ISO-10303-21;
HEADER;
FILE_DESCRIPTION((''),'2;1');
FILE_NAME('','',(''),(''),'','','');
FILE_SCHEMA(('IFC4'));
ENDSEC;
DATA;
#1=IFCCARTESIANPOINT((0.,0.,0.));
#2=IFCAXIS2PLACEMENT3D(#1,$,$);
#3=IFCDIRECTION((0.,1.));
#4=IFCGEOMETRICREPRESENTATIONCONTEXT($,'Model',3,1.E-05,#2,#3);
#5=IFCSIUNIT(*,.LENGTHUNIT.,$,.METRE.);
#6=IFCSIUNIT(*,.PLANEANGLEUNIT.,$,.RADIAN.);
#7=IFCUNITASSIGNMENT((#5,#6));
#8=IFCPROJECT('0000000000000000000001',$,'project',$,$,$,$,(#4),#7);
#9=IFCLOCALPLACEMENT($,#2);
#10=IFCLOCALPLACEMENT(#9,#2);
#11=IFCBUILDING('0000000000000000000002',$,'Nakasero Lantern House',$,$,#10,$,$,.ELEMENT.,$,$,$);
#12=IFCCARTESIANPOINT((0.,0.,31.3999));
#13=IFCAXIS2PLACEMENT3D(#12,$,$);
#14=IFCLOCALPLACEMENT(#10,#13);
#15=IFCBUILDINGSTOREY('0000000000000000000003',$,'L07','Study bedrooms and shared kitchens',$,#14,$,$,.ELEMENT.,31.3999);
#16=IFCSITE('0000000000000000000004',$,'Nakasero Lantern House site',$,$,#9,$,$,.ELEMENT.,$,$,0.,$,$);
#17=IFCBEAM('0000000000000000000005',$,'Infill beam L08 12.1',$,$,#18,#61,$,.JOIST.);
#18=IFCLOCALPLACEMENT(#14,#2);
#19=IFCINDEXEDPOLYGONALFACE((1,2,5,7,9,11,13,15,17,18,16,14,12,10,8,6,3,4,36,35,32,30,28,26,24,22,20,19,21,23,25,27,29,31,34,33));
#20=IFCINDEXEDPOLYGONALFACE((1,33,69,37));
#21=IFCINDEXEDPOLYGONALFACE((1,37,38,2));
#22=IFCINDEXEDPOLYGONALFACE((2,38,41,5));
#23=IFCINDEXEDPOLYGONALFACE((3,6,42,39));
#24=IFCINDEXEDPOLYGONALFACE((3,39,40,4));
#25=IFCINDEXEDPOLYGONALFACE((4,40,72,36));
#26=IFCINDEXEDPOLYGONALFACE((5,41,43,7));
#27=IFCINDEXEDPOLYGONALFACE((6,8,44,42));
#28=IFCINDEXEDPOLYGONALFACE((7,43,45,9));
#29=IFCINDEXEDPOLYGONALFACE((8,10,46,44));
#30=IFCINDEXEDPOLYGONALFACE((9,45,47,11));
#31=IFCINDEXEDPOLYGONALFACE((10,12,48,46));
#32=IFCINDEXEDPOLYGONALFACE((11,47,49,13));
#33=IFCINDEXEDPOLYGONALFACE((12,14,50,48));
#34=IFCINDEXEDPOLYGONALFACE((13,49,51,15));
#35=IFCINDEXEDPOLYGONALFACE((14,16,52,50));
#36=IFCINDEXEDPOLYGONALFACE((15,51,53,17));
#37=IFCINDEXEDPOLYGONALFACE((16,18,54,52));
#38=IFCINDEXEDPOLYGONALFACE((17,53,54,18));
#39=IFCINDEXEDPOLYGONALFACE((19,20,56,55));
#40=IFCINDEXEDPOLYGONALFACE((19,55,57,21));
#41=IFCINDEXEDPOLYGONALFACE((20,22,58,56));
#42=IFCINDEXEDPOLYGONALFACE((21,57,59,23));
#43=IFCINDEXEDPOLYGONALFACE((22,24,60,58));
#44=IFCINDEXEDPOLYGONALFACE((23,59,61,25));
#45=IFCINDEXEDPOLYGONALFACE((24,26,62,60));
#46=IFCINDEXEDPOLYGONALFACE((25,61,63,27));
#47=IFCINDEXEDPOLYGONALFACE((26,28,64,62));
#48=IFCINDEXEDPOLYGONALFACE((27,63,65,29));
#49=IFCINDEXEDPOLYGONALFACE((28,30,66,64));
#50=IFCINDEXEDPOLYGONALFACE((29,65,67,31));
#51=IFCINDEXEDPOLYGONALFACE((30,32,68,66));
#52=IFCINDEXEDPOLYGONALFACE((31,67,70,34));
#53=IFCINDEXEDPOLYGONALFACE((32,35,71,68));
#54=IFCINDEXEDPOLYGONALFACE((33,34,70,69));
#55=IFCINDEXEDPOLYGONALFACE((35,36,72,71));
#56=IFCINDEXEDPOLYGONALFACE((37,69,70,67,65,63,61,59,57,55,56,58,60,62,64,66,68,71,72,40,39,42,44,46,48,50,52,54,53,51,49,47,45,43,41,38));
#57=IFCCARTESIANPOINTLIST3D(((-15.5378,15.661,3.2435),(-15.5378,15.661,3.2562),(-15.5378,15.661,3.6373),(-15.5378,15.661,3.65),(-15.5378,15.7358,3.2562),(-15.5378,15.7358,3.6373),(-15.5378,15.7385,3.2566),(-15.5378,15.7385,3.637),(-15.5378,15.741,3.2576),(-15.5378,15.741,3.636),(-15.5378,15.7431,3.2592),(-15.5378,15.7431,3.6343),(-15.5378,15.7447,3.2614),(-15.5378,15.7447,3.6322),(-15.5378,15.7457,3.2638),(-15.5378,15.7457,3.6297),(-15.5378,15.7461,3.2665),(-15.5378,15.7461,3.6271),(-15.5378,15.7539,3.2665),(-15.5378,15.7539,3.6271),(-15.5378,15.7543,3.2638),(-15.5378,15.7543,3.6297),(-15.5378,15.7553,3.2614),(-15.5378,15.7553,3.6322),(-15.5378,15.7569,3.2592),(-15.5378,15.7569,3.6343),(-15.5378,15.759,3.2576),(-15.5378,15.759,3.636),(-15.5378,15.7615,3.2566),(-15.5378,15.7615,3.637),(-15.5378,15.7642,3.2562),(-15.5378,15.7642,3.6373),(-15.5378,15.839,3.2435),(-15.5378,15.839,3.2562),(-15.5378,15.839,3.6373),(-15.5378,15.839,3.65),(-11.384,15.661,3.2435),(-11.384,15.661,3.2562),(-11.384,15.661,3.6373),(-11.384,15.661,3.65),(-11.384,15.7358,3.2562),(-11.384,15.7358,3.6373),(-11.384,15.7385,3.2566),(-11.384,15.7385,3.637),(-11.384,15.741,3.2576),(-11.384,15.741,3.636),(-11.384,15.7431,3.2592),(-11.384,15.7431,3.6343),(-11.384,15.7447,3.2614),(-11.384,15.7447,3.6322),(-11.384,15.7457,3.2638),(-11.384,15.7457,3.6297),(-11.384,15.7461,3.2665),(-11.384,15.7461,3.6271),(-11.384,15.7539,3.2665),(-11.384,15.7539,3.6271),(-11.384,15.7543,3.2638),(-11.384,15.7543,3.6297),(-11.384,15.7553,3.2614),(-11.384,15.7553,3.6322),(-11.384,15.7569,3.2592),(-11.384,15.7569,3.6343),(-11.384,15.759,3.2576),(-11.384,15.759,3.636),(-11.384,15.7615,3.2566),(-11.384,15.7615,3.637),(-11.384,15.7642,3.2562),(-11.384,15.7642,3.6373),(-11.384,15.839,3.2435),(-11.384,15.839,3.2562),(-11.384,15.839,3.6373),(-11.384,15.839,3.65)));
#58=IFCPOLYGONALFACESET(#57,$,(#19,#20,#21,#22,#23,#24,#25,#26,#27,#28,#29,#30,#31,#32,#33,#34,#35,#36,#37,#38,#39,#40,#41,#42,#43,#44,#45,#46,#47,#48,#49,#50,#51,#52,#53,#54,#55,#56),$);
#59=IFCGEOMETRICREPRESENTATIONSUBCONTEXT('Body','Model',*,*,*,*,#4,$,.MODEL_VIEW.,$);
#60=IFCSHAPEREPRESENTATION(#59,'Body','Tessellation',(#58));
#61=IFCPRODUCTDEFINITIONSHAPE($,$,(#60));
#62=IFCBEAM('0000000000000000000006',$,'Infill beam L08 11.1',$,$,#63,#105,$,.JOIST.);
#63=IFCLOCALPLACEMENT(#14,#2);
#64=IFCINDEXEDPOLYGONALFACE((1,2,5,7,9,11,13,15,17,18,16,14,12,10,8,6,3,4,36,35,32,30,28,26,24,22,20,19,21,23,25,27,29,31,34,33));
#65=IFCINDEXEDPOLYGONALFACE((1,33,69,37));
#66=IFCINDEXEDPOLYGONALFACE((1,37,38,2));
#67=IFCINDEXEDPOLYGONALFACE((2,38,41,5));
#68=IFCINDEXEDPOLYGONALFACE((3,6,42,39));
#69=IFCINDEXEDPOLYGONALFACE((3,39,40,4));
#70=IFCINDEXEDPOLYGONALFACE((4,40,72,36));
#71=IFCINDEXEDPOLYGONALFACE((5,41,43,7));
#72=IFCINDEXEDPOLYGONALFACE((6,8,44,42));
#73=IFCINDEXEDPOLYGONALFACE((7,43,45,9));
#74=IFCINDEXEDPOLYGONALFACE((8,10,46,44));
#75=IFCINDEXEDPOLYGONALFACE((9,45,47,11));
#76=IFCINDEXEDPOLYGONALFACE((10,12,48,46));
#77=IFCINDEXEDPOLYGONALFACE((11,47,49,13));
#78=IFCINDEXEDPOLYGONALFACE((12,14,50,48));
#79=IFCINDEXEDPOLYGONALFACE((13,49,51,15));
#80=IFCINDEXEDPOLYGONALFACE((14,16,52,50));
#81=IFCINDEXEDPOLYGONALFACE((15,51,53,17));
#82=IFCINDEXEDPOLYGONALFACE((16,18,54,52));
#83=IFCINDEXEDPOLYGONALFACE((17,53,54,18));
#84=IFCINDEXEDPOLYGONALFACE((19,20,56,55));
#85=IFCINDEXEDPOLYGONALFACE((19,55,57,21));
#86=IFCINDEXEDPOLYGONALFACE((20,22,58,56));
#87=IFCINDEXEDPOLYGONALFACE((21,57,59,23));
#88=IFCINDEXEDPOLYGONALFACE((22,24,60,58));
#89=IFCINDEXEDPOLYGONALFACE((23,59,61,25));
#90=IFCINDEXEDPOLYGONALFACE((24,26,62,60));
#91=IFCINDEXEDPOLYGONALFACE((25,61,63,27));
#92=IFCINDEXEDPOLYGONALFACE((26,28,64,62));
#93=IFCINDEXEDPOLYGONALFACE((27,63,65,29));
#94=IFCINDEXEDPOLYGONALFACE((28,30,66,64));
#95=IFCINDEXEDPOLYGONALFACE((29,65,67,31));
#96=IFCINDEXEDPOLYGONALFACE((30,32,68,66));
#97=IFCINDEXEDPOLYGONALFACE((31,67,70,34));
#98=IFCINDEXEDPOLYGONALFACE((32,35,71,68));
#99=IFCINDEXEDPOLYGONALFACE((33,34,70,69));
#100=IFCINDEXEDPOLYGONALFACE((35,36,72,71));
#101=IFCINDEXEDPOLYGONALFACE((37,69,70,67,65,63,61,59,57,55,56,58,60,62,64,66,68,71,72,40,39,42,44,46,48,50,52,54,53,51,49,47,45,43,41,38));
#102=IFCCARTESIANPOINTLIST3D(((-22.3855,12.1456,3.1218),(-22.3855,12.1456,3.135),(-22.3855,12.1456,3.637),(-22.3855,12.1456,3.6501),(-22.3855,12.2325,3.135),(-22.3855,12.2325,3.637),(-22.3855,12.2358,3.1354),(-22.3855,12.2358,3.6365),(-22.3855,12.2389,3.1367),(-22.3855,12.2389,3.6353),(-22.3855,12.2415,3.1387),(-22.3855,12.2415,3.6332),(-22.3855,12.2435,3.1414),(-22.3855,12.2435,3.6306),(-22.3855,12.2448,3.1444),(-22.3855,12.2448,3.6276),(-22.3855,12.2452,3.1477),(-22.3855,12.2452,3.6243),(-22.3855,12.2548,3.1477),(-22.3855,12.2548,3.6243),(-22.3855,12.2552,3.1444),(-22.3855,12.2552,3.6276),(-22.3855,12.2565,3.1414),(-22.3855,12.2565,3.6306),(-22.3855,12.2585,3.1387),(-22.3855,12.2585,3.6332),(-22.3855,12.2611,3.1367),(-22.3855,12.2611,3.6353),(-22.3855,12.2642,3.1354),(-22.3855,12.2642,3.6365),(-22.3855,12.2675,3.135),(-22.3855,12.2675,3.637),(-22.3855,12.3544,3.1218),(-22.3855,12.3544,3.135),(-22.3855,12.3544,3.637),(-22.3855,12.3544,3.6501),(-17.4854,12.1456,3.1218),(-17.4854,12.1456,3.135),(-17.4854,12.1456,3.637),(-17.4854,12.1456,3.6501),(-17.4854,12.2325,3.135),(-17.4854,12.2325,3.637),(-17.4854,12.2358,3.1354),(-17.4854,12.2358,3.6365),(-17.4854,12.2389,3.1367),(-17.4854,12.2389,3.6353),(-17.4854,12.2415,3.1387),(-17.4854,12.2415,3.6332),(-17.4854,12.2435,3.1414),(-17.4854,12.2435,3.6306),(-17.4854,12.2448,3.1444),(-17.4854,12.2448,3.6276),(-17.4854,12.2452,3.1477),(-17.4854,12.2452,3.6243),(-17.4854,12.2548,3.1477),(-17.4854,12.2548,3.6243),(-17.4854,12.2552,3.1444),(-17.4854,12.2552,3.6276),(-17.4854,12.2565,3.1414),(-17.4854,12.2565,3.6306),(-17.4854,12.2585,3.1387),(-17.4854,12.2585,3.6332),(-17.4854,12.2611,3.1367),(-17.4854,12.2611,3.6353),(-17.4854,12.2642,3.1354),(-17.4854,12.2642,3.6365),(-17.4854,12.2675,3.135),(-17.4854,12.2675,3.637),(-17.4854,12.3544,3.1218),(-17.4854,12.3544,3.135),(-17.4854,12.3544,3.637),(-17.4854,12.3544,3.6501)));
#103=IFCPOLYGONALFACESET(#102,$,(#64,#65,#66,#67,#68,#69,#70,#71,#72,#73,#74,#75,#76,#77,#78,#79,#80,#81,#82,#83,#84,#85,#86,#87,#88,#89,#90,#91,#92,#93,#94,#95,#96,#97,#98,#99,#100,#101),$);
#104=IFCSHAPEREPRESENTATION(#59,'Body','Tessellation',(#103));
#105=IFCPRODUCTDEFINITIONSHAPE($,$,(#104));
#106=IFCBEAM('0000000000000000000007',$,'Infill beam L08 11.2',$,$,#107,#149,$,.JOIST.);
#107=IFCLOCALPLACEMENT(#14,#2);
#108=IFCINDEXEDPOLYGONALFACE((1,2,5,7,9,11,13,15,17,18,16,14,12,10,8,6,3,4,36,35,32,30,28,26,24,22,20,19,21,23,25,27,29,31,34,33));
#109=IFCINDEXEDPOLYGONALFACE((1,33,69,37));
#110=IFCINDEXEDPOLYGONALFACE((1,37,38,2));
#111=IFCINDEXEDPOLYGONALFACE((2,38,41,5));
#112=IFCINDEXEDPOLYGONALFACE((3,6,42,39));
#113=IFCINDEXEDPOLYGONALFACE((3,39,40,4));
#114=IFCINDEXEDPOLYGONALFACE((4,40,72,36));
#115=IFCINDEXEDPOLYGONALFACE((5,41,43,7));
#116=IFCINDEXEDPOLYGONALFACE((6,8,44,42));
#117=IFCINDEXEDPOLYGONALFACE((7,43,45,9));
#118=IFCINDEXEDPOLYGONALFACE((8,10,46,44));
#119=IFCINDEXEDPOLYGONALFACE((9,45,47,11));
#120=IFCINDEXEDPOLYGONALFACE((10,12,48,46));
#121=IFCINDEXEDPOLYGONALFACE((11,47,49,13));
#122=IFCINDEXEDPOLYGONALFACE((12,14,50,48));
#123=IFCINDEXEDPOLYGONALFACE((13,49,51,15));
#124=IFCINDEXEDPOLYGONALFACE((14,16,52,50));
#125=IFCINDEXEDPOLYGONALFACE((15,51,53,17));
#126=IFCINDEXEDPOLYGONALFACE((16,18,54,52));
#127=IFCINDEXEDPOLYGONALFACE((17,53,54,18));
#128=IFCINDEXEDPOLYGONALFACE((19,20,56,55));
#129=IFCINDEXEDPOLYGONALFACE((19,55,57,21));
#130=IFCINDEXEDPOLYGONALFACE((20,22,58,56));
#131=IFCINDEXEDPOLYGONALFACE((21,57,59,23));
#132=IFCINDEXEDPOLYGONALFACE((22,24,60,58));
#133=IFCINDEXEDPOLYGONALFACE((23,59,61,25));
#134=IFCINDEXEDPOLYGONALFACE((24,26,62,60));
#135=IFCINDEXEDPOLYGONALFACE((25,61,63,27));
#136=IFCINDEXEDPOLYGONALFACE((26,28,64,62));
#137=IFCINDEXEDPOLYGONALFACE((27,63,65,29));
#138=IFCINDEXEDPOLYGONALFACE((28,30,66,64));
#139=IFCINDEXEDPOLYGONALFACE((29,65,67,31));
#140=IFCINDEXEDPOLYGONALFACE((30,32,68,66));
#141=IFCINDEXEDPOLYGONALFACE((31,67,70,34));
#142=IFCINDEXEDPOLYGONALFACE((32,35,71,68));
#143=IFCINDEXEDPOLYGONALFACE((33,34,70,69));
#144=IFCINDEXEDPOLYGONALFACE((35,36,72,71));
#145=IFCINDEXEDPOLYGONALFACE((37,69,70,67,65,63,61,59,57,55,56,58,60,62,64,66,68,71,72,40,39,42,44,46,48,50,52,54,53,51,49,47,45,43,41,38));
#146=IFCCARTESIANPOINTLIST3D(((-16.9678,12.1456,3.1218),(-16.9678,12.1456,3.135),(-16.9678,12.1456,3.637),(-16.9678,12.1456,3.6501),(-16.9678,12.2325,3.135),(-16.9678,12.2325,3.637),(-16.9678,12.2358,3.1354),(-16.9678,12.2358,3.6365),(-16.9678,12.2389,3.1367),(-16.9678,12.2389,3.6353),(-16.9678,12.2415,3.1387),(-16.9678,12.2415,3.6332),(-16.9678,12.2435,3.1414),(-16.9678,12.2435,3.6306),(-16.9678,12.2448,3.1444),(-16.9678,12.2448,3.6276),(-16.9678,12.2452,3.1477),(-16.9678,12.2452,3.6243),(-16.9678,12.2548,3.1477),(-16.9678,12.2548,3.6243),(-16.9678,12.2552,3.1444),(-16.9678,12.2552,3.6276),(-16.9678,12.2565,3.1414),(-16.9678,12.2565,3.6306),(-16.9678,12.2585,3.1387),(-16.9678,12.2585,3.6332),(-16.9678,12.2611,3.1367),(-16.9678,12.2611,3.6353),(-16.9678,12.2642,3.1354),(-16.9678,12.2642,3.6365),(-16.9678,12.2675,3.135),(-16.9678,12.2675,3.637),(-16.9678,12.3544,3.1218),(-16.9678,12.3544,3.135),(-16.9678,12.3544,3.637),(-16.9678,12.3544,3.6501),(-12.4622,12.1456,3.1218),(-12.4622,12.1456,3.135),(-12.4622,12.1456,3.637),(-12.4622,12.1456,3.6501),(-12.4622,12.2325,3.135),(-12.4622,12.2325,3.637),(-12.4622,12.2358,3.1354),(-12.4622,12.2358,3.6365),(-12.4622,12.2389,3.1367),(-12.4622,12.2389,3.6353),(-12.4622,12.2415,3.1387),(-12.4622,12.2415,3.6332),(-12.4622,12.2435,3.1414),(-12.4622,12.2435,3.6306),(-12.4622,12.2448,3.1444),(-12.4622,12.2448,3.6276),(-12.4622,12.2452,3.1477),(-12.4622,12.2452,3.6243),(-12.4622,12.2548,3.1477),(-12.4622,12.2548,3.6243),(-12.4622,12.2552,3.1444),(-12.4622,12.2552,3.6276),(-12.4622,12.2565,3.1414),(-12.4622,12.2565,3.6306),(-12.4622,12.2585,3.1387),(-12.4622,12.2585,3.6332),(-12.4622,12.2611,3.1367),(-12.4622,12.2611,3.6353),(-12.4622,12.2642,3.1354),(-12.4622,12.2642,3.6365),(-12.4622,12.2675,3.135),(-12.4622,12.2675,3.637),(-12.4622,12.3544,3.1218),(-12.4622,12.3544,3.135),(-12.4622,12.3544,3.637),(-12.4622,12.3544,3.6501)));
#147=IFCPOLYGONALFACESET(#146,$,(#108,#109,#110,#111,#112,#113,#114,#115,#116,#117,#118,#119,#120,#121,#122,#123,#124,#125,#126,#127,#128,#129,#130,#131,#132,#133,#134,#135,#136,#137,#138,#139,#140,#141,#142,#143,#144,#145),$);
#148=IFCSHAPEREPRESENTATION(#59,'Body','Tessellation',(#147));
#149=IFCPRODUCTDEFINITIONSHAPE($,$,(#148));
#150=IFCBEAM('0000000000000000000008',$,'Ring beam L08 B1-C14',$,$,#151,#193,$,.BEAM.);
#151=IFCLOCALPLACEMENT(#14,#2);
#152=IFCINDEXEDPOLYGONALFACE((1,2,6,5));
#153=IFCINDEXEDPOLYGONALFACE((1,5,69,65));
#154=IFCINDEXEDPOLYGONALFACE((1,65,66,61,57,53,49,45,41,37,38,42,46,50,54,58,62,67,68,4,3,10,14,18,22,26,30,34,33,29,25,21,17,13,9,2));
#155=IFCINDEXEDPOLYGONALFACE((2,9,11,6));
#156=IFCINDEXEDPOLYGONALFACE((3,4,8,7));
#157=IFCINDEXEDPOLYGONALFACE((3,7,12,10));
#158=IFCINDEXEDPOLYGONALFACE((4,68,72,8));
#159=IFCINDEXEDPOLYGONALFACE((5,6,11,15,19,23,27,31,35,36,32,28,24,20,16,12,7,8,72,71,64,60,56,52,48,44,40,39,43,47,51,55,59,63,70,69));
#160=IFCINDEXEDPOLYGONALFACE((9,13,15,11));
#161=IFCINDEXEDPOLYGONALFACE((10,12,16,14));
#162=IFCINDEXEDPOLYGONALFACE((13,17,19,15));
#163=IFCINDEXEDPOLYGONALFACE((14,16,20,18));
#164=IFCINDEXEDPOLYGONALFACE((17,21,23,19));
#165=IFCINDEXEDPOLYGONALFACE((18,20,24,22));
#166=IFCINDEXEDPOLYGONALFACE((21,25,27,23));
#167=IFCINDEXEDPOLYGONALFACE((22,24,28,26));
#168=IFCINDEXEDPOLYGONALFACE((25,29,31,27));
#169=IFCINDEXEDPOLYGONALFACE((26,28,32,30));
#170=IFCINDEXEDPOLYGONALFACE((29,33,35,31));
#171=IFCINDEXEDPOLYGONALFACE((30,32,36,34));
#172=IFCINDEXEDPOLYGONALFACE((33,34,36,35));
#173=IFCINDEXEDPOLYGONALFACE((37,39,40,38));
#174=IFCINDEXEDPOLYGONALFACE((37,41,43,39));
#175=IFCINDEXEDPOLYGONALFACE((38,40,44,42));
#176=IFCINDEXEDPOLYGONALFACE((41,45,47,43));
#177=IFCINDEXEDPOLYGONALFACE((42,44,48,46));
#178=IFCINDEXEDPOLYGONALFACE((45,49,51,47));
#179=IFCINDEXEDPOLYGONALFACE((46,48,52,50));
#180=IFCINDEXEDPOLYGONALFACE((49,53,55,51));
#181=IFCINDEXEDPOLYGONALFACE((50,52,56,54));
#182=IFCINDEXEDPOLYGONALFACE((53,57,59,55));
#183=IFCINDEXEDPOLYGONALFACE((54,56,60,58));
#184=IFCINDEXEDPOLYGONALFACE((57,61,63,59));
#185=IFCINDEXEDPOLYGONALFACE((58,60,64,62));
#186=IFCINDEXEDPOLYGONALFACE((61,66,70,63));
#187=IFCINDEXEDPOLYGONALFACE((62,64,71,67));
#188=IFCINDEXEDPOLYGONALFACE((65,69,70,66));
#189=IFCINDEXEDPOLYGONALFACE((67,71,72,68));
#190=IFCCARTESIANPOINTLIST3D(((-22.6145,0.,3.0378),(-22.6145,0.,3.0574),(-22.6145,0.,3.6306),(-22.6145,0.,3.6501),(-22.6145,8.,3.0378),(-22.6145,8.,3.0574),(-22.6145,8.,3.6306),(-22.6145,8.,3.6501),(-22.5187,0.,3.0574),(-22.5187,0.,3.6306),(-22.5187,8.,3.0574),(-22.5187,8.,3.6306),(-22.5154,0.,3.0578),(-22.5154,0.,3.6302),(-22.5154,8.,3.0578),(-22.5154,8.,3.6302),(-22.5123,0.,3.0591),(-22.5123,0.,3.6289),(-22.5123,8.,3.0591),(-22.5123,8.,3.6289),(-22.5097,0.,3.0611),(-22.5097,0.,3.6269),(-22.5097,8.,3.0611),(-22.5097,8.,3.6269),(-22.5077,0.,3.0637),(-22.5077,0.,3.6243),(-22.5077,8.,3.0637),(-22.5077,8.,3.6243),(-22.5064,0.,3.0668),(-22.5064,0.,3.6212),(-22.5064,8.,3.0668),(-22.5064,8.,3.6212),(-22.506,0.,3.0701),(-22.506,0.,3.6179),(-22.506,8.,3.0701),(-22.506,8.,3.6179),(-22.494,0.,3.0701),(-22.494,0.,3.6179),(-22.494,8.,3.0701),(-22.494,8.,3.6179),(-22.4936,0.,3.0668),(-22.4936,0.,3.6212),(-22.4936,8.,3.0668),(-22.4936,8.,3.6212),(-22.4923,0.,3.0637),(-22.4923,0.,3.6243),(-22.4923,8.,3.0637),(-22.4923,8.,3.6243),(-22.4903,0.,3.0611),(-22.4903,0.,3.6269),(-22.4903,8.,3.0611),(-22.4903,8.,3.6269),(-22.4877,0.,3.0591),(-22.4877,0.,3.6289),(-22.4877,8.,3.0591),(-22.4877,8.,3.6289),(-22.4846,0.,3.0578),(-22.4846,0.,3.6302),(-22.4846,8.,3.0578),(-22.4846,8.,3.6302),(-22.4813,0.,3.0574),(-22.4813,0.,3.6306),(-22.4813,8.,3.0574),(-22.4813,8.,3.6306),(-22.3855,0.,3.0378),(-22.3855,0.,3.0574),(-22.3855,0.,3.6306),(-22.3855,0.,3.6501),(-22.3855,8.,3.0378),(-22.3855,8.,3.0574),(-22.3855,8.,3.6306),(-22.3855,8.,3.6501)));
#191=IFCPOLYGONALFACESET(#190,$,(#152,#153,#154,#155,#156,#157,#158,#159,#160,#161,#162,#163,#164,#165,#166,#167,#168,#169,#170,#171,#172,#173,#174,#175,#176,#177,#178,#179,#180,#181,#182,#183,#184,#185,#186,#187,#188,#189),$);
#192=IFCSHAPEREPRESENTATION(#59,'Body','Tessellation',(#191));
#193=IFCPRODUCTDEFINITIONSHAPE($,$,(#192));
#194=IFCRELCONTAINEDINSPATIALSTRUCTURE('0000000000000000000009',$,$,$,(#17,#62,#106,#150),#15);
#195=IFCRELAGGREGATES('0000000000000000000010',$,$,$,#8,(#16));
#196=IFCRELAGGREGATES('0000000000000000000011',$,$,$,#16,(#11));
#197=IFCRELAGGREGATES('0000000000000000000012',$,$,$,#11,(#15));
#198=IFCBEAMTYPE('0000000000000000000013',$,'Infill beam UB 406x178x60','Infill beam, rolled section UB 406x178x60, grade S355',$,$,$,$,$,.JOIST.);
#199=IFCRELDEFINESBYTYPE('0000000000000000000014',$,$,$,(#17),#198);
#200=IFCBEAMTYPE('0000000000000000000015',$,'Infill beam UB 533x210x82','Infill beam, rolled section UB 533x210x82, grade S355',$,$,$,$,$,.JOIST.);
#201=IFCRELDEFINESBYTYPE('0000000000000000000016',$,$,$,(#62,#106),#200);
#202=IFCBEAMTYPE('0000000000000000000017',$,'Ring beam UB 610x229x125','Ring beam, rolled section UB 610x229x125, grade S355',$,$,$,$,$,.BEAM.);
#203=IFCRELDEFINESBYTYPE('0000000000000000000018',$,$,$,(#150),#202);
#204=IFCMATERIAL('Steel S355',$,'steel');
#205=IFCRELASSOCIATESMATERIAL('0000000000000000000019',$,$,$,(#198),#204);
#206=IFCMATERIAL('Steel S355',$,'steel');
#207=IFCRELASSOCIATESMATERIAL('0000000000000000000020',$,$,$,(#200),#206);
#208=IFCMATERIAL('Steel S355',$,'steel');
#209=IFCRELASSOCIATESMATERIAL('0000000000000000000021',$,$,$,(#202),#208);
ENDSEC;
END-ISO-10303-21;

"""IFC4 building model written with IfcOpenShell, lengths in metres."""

from ifc_helpers import new_model, si_unit, direction, frame, origin, origin_2d, place, context, subcontext, project, spatial, i_section, extrude, material, material_profile, profile_set, type_object, element, save


model = new_model("IFC4")

# Units and contexts
model_context = context("Model", 3, precision=1e-05, world=origin(), true_north=direction((0.0, 1.0)))
body_context = subcontext(model_context, "Body", "Model", "MODEL_VIEW")
ifc_project = project(units=[si_unit("LENGTHUNIT", "METRE"), si_unit("PLANEANGLEUNIT", "RADIAN")], contexts=[model_context])

# Site, building, storey
site_placement = place(None, origin())
site = spatial("IfcSite", under=ifc_project, at=site_placement, Name="Nakasero Lantern House site", CompositionType="ELEMENT", RefElevation=0.0)
building_placement = place(site_placement, origin())
building = spatial("IfcBuilding", under=site, at=building_placement, Name="Nakasero Lantern House", CompositionType="ELEMENT")
storey_placement = place(building_placement, frame((0.0, 0.0, 31.3999)))
storey = spatial("IfcBuildingStorey", under=building, at=storey_placement, Name="L07", Description="Study bedrooms and shared kitchens", CompositionType="ELEMENT", Elevation=31.3999)

# Beams
ifc_material_1 = material(Name="Steel S355", Category="steel")
ifc_material_profile_1 = material_profile(ifc_material_1, i_section(OverallWidth=0.178, OverallDepth=0.4065, WebThickness=0.0078, FlangeThickness=0.0127, FilletRadius=0.0103, at=origin_2d()), Name="UB 406x178x60")
ifc_profile_set_1 = profile_set([ifc_material_profile_1], Name="Steel S355")
beam_type_1 = type_object("IfcBeamType", Name="Infill beam UB 406x178x60", Description="Infill beam, rolled section UB 406x178x60, grade S355", PredefinedType="JOIST", material=ifc_profile_set_1)
beam_1_placement = place(storey_placement, frame((-15.5378, 15.75, 3.4468), z_axis=(1.0, 0.0, 0.0), x_axis=(0.0, 1.0, 0.0)))
element("IfcBeam", 1, at=beam_1_placement, inside=storey, type_object=beam_type_1, Name="Infill beam L08 12.1", PredefinedType="JOIST", context=body_context, shape_type="SweptSolid", body=[
    extrude(i_section(OverallWidth=0.178, OverallDepth=0.4065, WebThickness=0.0078, FlangeThickness=0.0127, FilletRadius=0.0103, at=origin_2d()), origin(), (0.0, 0.0, 1.0), 4.1538),
])
ifc_material_2 = material(Name="Steel S355", Category="steel")
ifc_material_profile_2 = material_profile(ifc_material_2, i_section(OverallWidth=0.2087, OverallDepth=0.5283, WebThickness=0.0095, FlangeThickness=0.0132, FilletRadius=0.0127, at=origin_2d()), Name="UB 533x210x82")
ifc_profile_set_2 = profile_set([ifc_material_profile_2], Name="Steel S355")
beam_type_2 = type_object("IfcBeamType", Name="Infill beam UB 533x210x82", Description="Infill beam, rolled section UB 533x210x82, grade S355", PredefinedType="JOIST", material=ifc_profile_set_2)
beam_2_placement = place(storey_placement, frame((-22.3855, 12.25, 3.386), z_axis=(1.0, 0.0, 0.0), x_axis=(0.0, 1.0, 0.0)))
element("IfcBeam", 2, at=beam_2_placement, inside=storey, type_object=beam_type_2, Name="Infill beam L08 11.1", PredefinedType="JOIST", context=body_context, shape_type="SweptSolid", body=[
    extrude(i_section(OverallWidth=0.2087, OverallDepth=0.5283, WebThickness=0.0095, FlangeThickness=0.0132, FilletRadius=0.0127, at=origin_2d()), origin(), (0.0, 0.0, 1.0), 4.9001),
])
beam_3_placement = place(storey_placement, frame((-16.9678, 12.25, 3.386), z_axis=(1.0, 0.0, 0.0), x_axis=(0.0, 1.0, 0.0)))
element("IfcBeam", 3, at=beam_3_placement, inside=storey, type_object=beam_type_2, Name="Infill beam L08 11.2", PredefinedType="JOIST", context=body_context, shape_type="SweptSolid", body=[
    extrude(i_section(OverallWidth=0.2087, OverallDepth=0.5283, WebThickness=0.0095, FlangeThickness=0.0132, FilletRadius=0.0127, at=origin_2d()), origin(), (0.0, 0.0, 1.0), 4.5056),
])
ifc_material_3 = material(Name="Steel S355", Category="steel")
ifc_material_profile_3 = material_profile(ifc_material_3, i_section(OverallWidth=0.229, OverallDepth=0.6123, WebThickness=0.012, FlangeThickness=0.0195, FilletRadius=0.0127, at=origin_2d()), Name="UB 610x229x125")
ifc_profile_set_3 = profile_set([ifc_material_profile_3], Name="Steel S355")
beam_type_3 = type_object("IfcBeamType", Name="Ring beam UB 610x229x125", Description="Ring beam, rolled section UB 610x229x125, grade S355", PredefinedType="BEAM", material=ifc_profile_set_3)
beam_4_placement = place(storey_placement, frame((-22.5, 8.0, 3.344), z_axis=(0.0, -1.0, 0.0), x_axis=(1.0, 0.0, 0.0)))
element("IfcBeam", 4, at=beam_4_placement, inside=storey, type_object=beam_type_3, Name="Ring beam L08 B1-C14", PredefinedType="BEAM", context=body_context, shape_type="SweptSolid", body=[
    extrude(i_section(OverallWidth=0.229, OverallDepth=0.6123, WebThickness=0.012, FlangeThickness=0.0195, FilletRadius=0.0127, at=origin_2d()), origin(), (0.0, 0.0, 1.0), 8.0),
])

save(model, "model.ifc")
